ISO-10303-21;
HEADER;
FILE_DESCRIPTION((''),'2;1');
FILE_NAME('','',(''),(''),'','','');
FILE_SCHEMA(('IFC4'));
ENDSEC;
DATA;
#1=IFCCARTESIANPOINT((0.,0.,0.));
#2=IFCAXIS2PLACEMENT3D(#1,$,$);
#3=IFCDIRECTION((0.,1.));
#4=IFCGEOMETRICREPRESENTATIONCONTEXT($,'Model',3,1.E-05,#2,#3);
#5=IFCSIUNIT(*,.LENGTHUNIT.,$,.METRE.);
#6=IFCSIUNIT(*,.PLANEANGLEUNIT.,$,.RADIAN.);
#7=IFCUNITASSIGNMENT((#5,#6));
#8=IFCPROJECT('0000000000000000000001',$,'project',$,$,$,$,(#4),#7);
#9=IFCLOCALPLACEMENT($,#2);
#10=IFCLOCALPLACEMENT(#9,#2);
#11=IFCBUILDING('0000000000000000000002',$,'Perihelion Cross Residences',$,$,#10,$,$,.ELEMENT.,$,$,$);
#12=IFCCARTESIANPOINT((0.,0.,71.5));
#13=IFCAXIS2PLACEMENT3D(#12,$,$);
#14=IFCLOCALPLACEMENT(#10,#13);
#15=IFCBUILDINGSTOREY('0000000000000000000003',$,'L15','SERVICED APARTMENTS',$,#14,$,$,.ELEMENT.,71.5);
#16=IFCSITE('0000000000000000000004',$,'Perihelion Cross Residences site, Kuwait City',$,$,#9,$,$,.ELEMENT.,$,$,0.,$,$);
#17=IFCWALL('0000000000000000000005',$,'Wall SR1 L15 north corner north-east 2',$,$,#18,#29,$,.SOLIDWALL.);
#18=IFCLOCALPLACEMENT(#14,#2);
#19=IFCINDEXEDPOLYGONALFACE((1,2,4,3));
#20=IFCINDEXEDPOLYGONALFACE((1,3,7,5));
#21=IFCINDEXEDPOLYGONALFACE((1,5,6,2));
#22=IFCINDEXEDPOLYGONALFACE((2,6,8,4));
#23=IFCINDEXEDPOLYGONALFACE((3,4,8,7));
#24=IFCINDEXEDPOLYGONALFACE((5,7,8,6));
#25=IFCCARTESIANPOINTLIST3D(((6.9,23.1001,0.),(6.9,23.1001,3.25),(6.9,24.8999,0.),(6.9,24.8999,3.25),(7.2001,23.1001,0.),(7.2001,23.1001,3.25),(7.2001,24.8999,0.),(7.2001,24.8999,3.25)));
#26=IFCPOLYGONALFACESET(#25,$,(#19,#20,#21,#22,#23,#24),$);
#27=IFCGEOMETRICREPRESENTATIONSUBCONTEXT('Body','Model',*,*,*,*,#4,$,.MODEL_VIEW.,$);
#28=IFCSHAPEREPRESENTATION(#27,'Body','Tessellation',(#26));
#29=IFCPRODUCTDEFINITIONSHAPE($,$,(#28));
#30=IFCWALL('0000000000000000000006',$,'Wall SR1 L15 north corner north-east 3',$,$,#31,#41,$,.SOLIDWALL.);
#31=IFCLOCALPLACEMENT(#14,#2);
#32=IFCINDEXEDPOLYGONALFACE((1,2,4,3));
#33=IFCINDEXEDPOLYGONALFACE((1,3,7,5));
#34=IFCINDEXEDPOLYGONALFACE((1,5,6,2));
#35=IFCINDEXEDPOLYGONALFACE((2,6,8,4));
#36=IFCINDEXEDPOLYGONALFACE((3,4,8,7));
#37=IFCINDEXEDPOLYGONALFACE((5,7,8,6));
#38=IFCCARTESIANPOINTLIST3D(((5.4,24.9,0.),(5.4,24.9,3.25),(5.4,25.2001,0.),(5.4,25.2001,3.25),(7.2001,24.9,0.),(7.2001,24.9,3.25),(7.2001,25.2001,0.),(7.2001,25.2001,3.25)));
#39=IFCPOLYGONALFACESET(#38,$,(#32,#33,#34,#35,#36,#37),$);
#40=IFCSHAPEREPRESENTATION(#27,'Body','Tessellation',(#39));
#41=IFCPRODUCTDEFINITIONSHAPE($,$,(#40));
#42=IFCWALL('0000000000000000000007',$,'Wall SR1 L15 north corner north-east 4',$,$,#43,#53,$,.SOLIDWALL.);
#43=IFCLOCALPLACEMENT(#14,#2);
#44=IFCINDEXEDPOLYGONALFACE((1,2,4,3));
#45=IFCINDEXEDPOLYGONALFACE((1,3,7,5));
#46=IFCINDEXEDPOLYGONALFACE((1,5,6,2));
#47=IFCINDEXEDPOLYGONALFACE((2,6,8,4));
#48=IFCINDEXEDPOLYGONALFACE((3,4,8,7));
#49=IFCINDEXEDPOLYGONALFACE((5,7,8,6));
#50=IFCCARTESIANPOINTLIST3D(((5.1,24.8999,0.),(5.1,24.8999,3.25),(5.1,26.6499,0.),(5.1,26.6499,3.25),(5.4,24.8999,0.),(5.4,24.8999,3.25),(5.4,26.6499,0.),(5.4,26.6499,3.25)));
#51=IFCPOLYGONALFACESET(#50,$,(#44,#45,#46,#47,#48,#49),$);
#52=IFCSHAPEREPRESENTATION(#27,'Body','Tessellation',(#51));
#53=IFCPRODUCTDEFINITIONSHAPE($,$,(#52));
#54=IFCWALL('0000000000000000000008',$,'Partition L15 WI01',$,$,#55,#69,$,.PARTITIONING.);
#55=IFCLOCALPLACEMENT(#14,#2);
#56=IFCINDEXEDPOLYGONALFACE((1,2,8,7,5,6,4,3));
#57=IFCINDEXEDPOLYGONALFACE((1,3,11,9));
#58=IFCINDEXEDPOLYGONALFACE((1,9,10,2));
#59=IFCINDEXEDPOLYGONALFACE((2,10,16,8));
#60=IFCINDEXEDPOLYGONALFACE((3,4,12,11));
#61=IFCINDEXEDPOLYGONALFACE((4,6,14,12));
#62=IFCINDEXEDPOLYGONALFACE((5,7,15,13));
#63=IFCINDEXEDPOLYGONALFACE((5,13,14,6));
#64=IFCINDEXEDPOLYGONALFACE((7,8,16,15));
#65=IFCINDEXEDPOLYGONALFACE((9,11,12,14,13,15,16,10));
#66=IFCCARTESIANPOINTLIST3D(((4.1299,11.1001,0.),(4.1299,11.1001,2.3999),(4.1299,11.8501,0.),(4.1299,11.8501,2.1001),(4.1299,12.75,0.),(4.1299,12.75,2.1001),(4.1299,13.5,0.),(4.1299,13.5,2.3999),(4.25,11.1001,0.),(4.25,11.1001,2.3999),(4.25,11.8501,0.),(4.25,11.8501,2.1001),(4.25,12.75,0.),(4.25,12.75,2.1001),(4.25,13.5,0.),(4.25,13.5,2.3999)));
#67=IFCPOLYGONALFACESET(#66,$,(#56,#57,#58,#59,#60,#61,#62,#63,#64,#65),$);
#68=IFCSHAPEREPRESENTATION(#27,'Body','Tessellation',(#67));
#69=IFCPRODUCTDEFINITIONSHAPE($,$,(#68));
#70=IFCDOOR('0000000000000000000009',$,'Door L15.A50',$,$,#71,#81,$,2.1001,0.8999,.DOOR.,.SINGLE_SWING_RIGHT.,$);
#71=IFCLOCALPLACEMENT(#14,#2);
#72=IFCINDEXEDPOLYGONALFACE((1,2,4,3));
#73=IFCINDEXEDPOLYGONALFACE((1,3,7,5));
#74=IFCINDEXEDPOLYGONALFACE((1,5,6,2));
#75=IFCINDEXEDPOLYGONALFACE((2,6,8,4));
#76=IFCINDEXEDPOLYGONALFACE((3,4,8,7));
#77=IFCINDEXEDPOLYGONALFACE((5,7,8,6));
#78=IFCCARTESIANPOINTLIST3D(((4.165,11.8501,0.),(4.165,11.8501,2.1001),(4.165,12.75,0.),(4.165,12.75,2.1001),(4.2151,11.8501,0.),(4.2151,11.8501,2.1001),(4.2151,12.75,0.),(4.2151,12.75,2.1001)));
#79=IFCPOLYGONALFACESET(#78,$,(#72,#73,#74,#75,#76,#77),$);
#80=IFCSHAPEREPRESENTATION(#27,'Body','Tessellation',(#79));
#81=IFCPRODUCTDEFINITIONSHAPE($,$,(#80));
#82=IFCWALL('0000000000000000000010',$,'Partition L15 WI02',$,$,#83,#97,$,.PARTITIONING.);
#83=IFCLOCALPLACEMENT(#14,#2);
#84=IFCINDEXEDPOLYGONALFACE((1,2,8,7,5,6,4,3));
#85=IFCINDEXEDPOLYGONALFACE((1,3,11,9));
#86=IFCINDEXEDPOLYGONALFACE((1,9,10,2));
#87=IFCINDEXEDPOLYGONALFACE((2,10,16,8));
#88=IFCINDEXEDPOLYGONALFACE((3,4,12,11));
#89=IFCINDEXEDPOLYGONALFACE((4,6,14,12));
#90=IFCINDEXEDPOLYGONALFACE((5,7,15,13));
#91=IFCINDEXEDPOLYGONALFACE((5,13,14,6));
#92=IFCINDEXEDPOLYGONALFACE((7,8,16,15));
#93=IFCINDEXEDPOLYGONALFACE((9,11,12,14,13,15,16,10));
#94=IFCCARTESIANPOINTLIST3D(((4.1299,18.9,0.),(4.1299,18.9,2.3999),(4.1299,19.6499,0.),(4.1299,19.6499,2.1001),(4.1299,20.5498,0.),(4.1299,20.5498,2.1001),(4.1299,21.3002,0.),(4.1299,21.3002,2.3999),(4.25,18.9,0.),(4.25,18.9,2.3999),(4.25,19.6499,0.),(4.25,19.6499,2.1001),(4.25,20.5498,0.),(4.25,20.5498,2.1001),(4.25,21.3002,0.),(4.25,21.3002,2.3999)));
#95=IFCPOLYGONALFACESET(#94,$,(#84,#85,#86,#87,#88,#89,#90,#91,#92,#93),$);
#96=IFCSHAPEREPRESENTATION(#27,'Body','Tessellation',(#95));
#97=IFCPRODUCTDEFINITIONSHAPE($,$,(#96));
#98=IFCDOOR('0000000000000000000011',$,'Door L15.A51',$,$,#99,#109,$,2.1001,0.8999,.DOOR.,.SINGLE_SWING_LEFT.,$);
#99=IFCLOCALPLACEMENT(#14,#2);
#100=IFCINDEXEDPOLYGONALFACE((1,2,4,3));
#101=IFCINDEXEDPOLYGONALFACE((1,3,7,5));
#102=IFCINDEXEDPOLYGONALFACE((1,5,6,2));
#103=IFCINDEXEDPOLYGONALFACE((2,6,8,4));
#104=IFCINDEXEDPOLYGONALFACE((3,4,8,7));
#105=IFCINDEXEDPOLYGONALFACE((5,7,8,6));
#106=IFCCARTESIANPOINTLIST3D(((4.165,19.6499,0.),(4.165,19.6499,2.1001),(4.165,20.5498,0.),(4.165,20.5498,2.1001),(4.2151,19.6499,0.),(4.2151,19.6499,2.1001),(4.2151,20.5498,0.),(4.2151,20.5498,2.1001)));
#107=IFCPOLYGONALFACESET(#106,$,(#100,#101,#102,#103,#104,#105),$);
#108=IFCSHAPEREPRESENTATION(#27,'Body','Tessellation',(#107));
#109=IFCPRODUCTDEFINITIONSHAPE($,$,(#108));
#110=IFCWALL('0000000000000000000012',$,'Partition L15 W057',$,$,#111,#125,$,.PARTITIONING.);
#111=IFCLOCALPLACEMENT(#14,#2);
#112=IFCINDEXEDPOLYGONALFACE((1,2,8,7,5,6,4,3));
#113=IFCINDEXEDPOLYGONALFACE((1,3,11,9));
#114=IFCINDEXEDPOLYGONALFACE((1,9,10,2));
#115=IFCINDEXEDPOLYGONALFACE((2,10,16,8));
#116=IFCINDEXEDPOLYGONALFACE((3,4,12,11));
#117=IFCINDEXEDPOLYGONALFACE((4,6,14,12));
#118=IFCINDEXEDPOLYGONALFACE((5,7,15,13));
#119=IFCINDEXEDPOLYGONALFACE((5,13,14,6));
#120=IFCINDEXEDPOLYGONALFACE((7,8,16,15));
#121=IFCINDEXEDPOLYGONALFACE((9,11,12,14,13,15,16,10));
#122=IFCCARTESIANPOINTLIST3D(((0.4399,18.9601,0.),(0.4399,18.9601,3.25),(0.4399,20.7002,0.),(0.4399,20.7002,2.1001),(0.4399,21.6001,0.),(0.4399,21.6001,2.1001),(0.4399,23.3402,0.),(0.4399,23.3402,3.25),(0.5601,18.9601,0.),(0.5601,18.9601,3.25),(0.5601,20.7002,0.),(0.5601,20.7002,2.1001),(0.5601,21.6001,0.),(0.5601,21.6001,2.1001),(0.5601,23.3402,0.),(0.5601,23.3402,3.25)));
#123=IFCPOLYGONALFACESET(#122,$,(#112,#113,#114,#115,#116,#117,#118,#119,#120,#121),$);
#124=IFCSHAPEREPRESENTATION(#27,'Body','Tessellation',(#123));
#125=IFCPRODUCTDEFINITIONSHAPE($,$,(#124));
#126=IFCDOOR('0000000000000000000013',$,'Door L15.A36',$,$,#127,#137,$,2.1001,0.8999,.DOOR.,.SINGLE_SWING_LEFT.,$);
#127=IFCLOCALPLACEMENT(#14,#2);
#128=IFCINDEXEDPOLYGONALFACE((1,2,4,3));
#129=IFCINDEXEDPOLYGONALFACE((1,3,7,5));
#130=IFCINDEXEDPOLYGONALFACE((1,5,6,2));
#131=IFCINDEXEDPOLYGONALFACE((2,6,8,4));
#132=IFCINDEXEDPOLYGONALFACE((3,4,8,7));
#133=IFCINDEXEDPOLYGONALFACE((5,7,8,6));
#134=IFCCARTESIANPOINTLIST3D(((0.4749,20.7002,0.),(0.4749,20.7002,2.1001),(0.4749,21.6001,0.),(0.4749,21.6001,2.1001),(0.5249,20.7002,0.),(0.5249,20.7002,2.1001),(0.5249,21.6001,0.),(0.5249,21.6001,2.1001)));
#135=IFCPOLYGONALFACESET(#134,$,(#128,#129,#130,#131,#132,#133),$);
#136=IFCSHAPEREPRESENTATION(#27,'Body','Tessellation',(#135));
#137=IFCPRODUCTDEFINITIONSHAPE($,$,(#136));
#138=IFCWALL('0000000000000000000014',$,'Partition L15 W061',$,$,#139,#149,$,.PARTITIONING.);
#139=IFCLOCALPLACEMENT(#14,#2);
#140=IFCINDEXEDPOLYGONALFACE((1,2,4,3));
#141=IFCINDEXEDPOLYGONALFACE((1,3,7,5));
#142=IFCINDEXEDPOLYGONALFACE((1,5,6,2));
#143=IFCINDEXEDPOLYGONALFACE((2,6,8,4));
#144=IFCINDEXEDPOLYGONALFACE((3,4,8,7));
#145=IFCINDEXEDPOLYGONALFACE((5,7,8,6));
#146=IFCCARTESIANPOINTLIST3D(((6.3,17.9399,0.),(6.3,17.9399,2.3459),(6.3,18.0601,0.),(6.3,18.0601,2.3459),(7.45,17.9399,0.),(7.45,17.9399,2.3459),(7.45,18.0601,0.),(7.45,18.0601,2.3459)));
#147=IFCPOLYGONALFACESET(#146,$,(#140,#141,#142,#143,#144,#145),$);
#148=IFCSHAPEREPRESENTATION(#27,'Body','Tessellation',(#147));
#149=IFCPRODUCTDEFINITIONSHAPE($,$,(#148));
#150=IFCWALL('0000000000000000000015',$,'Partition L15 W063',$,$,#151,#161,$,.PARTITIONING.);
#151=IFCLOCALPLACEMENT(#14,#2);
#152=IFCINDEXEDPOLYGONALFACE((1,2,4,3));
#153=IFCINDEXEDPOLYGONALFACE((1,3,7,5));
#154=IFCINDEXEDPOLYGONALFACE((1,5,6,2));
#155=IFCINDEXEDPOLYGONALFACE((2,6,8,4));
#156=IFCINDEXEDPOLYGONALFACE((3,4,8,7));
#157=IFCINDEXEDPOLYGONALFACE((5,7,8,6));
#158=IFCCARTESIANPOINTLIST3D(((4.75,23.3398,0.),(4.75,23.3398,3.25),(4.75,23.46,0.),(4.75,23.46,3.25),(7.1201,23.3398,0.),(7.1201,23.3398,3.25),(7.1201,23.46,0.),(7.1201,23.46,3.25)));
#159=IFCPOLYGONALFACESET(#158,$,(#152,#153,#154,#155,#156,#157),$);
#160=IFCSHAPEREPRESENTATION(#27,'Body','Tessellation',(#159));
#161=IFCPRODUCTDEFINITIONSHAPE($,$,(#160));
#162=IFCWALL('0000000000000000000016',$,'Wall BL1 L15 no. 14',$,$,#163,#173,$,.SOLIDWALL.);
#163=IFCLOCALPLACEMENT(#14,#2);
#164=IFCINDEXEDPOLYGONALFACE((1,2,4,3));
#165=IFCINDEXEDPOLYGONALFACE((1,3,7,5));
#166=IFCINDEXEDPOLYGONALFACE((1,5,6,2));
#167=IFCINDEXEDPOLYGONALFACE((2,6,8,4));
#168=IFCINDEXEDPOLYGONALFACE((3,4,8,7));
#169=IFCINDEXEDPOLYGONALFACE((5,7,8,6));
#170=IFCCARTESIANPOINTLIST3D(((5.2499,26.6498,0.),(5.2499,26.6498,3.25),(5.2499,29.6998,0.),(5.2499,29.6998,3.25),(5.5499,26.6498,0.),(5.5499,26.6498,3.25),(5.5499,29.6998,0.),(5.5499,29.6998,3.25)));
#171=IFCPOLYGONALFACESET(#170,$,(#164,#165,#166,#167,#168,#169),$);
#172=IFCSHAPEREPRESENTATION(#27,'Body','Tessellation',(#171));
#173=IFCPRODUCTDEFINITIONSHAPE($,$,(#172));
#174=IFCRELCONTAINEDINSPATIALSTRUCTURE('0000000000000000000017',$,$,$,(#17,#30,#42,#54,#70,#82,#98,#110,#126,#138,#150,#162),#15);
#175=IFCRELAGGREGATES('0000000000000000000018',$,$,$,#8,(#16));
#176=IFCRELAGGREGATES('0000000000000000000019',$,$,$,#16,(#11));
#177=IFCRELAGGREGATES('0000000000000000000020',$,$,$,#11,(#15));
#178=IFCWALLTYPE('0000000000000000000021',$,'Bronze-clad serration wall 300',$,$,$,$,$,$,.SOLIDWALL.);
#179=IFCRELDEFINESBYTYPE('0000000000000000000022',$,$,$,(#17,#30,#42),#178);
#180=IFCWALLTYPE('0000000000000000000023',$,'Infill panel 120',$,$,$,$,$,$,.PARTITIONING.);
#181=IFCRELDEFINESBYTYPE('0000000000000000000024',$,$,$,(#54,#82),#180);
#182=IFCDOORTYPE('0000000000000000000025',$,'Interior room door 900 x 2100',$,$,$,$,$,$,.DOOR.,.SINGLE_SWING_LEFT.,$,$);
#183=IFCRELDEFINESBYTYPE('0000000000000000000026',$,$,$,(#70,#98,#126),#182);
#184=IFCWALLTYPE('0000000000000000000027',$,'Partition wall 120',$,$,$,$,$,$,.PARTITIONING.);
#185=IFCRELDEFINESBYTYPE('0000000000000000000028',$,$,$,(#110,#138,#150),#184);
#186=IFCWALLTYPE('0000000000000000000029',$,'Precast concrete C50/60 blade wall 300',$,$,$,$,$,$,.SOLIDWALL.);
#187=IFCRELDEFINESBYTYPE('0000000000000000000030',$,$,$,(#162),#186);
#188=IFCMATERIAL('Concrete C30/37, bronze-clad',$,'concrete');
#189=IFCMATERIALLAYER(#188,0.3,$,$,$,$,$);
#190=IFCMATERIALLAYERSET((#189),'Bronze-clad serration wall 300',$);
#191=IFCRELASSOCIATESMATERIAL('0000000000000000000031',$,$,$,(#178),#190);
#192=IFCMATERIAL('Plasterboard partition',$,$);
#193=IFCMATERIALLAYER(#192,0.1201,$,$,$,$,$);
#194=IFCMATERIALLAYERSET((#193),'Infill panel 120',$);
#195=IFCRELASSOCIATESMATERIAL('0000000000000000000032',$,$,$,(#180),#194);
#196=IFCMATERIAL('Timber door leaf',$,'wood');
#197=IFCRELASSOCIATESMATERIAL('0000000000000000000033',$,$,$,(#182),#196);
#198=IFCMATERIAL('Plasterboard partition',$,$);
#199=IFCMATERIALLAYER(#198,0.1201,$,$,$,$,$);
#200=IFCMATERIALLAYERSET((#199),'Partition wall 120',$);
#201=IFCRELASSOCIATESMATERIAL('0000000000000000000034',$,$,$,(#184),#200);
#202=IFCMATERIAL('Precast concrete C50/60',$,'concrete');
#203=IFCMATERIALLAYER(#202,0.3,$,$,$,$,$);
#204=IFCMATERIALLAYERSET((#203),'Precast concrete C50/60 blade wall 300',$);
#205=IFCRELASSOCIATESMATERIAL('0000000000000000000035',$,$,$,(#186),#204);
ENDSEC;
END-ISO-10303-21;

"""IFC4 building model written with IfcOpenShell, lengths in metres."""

from ifc_helpers import new_model, si_unit, direction, frame, frame_2d, origin, place, context, subcontext, project, spatial, rectangle, extrude, material, layer, layer_set, type_object, element, fill, save


model = new_model("IFC4")

# Units and contexts
model_context = context("Model", 3, precision=1e-05, world=origin(), true_north=direction((0.0, 1.0)))
body_context = subcontext(model_context, "Body", "Model", "MODEL_VIEW")
ifc_project = project(units=[si_unit("LENGTHUNIT", "METRE"), si_unit("PLANEANGLEUNIT", "RADIAN")], contexts=[model_context])

# Site, building, storey
site_placement = place(None, origin())
site = spatial("IfcSite", under=ifc_project, at=site_placement, Name="Perihelion Cross Residences site, Kuwait City", CompositionType="ELEMENT", RefElevation=0.0)
building_placement = place(site_placement, origin())
building = spatial("IfcBuilding", under=site, at=building_placement, Name="Perihelion Cross Residences", CompositionType="ELEMENT")
storey_placement = place(building_placement, frame((0.0, 0.0, 71.5)))
storey = spatial("IfcBuildingStorey", under=building, at=storey_placement, Name="L15", Description="SERVICED APARTMENTS", CompositionType="ELEMENT", Elevation=71.5)

# Walls
ifc_material_1 = material(Name="Concrete C30/37, bronze-clad", Category="concrete")
ifc_layer_1 = layer(ifc_material_1, 0.3)
ifc_layer_set_1 = layer_set([ifc_layer_1], Name="Bronze-clad serration wall 300")
wall_type_1 = type_object("IfcWallType", Name="Bronze-clad serration wall 300", PredefinedType="SOLIDWALL", material=ifc_layer_set_1)
wall_1_placement = place(storey_placement, frame((7.05, 23.1001, 0.0), z_axis=(0.0, 0.0, 1.0), x_axis=(0.0, 1.0, 0.0)))
element("IfcWall", 1, at=wall_1_placement, inside=storey, type_object=wall_type_1, Name="Wall SR1 L15 north corner north-east 2", PredefinedType="SOLIDWALL", context=body_context, shape_type="SweptSolid", body=[
    extrude(rectangle(XDim=1.7998, YDim=0.3, at=frame_2d((0.8999, 0.0))), origin(), (0.0, 0.0, 1.0), 3.25),
])
wall_2_placement = place(storey_placement, frame((7.2, 25.05, 0.0), z_axis=(0.0, 0.0, 1.0), x_axis=(-1.0, 0.0, 0.0)))
element("IfcWall", 2, at=wall_2_placement, inside=storey, type_object=wall_type_1, Name="Wall SR1 L15 north corner north-east 3", PredefinedType="SOLIDWALL", context=body_context, shape_type="SweptSolid", body=[
    extrude(rectangle(XDim=1.8, YDim=0.3, at=frame_2d((0.8999, 0.0))), origin(), (0.0, 0.0, 1.0), 3.25),
])
wall_3_placement = place(storey_placement, frame((5.25, 24.8999, 0.0), z_axis=(0.0, 0.0, 1.0), x_axis=(0.0, 1.0, 0.0)))
element("IfcWall", 3, at=wall_3_placement, inside=storey, type_object=wall_type_1, Name="Wall SR1 L15 north corner north-east 4", PredefinedType="SOLIDWALL", context=body_context, shape_type="SweptSolid", body=[
    extrude(rectangle(XDim=1.75, YDim=0.3, at=frame_2d((0.875, 0.0))), origin(), (0.0, 0.0, 1.0), 3.25),
])

# Walls, openings, doors
ifc_material_2 = material(Name="Plasterboard partition")
ifc_layer_2 = layer(ifc_material_2, 0.1201)
ifc_layer_set_2 = layer_set([ifc_layer_2], Name="Infill panel 120")
wall_type_2 = type_object("IfcWallType", Name="Infill panel 120", PredefinedType="PARTITIONING", material=ifc_layer_set_2)
wall_4_placement = place(storey_placement, frame((4.1899, 11.1001, 0.0), z_axis=(0.0, 0.0, 1.0), x_axis=(0.0, 1.0, 0.0)))
wall_4 = element("IfcWall", 4, at=wall_4_placement, inside=storey, type_object=wall_type_2, Name="Partition L15 WI01", PredefinedType="PARTITIONING", context=body_context, shape_type="SweptSolid", body=[
    extrude(rectangle(XDim=2.3999, YDim=0.1201, at=frame_2d((1.2, 0.0))), origin(), (0.0, 0.0, 1.0), 2.3999),
])
opening_1_placement = place(wall_4_placement, frame((0.75, 0.0, 0.0)))
opening_1 = element("IfcOpeningElement", 5, at=opening_1_placement, cuts=wall_4, PredefinedType="OPENING", context=body_context, shape_type="SweptSolid", body=[
    extrude(rectangle(XDim=0.8999, YDim=2.1001, at=frame_2d((0.45, 1.05))), frame((0.0, 0.0701, 0.0), z_axis=(0.0, -1.0, 0.0), x_axis=(1.0, 0.0, 0.0)), (0.0, 0.0, 1.0), 0.1401),
])
ifc_material_3 = material(Name="Timber door leaf", Category="wood")
door_type_1 = type_object("IfcDoorType", Name="Interior room door 900 x 2100", OperationType="SINGLE_SWING_LEFT", PredefinedType="DOOR", material=ifc_material_3)
door_1_placement = place(opening_1_placement, origin())
door_1 = element("IfcDoor", 6, at=door_1_placement, inside=storey, type_object=door_type_1, Name="Door L15.A50", OperationType="SINGLE_SWING_RIGHT", OverallHeight=2.1001, OverallWidth=0.8999, PredefinedType="DOOR", context=body_context, shape_type="SweptSolid", body=[
    extrude(rectangle(XDim=0.8999, YDim=2.1001, at=frame_2d((0.45, 1.05))), frame((0.0, 0.0249, 0.0), z_axis=(0.0, -1.0, 0.0), x_axis=(1.0, 0.0, 0.0)), (0.0, 0.0, 1.0), 0.05),
])
fill(opening_1, door_1)
wall_5_placement = place(storey_placement, frame((4.1899, 18.8999, 0.0), z_axis=(0.0, 0.0, 1.0), x_axis=(0.0, 1.0, 0.0)))
wall_5 = element("IfcWall", 7, at=wall_5_placement, inside=storey, type_object=wall_type_2, Name="Partition L15 WI02", PredefinedType="PARTITIONING", context=body_context, shape_type="SweptSolid", body=[
    extrude(rectangle(XDim=2.4001, YDim=0.1201, at=frame_2d((1.2002, 0.0))), origin(), (0.0, 0.0, 1.0), 2.3999),
])
opening_2_placement = place(wall_5_placement, frame((0.75, 0.0, 0.0)))
opening_2 = element("IfcOpeningElement", 8, at=opening_2_placement, cuts=wall_5, PredefinedType="OPENING", context=body_context, shape_type="SweptSolid", body=[
    extrude(rectangle(XDim=0.8999, YDim=2.1001, at=frame_2d((0.45, 1.05))), frame((0.0, 0.0701, 0.0), z_axis=(0.0, -1.0, 0.0), x_axis=(1.0, 0.0, 0.0)), (0.0, 0.0, 1.0), 0.1401),
])
door_2_placement = place(opening_2_placement, origin())
door_2 = element("IfcDoor", 9, at=door_2_placement, inside=storey, type_object=door_type_1, Name="Door L15.A51", OperationType="SINGLE_SWING_LEFT", OverallHeight=2.1001, OverallWidth=0.8999, PredefinedType="DOOR", context=body_context, shape_type="SweptSolid", body=[
    extrude(rectangle(XDim=0.8999, YDim=2.1001, at=frame_2d((0.45, 1.05))), frame((0.0, 0.0249, 0.0), z_axis=(0.0, -1.0, 0.0), x_axis=(1.0, 0.0, 0.0)), (0.0, 0.0, 1.0), 0.05),
])
fill(opening_2, door_2)
ifc_material_4 = material(Name="Plasterboard partition")
ifc_layer_3 = layer(ifc_material_4, 0.1201)
ifc_layer_set_3 = layer_set([ifc_layer_3], Name="Partition wall 120")
wall_type_3 = type_object("IfcWallType", Name="Partition wall 120", PredefinedType="PARTITIONING", material=ifc_layer_set_3)
wall_6_placement = place(storey_placement, frame((0.5, 23.3401, 0.0), z_axis=(0.0, 0.0, 1.0), x_axis=(0.0, -1.0, 0.0)))
wall_6 = element("IfcWall", 10, at=wall_6_placement, inside=storey, type_object=wall_type_3, Name="Partition L15 W057", PredefinedType="PARTITIONING", context=body_context, shape_type="SweptSolid", body=[
    extrude(rectangle(XDim=4.3801, YDim=0.1201, at=frame_2d((2.1899, 0.0))), origin(), (0.0, 0.0, 1.0), 3.25),
])
opening_3_placement = place(wall_6_placement, frame((1.74, 0.0, 0.0)))
opening_3 = element("IfcOpeningElement", 11, at=opening_3_placement, cuts=wall_6, PredefinedType="OPENING", context=body_context, shape_type="SweptSolid", body=[
    extrude(rectangle(XDim=0.8999, YDim=2.1001, at=frame_2d((0.45, 1.05))), frame((0.0, 0.0701, 0.0), z_axis=(0.0, -1.0, 0.0), x_axis=(1.0, 0.0, 0.0)), (0.0, 0.0, 1.0), 0.1401),
])
door_3_placement = place(opening_3_placement, origin())
door_3 = element("IfcDoor", 12, at=door_3_placement, inside=storey, type_object=door_type_1, Name="Door L15.A36", OperationType="SINGLE_SWING_LEFT", OverallHeight=2.1001, OverallWidth=0.8999, PredefinedType="DOOR", context=body_context, shape_type="SweptSolid", body=[
    extrude(rectangle(XDim=0.8999, YDim=2.1001, at=frame_2d((0.45, 1.05))), frame((0.0, 0.0249, 0.0), z_axis=(0.0, -1.0, 0.0), x_axis=(1.0, 0.0, 0.0)), (0.0, 0.0, 1.0), 0.05),
])
fill(opening_3, door_3)

# Walls
wall_7_placement = place(storey_placement, frame((6.3, 18.0, 0.0), z_axis=(0.0, 0.0, 1.0), x_axis=(1.0, 0.0, 0.0)))
element("IfcWall", 13, at=wall_7_placement, inside=storey, type_object=wall_type_3, Name="Partition L15 W061", PredefinedType="PARTITIONING", context=body_context, shape_type="SweptSolid", body=[
    extrude(rectangle(XDim=1.1499, YDim=0.1201, at=frame_2d((0.575, 0.0))), origin(), (0.0, 0.0, 1.0), 2.3459),
])
wall_8_placement = place(storey_placement, frame((4.75, 23.3999, 0.0), z_axis=(0.0, 0.0, 1.0), x_axis=(1.0, 0.0, 0.0)))
element("IfcWall", 14, at=wall_8_placement, inside=storey, type_object=wall_type_3, Name="Partition L15 W063", PredefinedType="PARTITIONING", context=body_context, shape_type="SweptSolid", body=[
    extrude(rectangle(XDim=2.3701, YDim=0.1201, at=frame_2d((1.1851, 0.0))), origin(), (0.0, 0.0, 1.0), 3.25),
])
ifc_material_5 = material(Name="Precast concrete C50/60", Category="concrete")
ifc_layer_4 = layer(ifc_material_5, 0.3)
ifc_layer_set_4 = layer_set([ifc_layer_4], Name="Precast concrete C50/60 blade wall 300")
wall_type_4 = type_object("IfcWallType", Name="Precast concrete C50/60 blade wall 300", PredefinedType="SOLIDWALL", material=ifc_layer_set_4)
wall_9_placement = place(storey_placement, frame((5.3999, 26.6499, 0.0), z_axis=(0.0, 0.0, 1.0), x_axis=(0.0, 1.0, 0.0)))
element("IfcWall", 15, at=wall_9_placement, inside=storey, type_object=wall_type_4, Name="Wall BL1 L15 no. 14", PredefinedType="SOLIDWALL", context=body_context, shape_type="SweptSolid", body=[
    extrude(rectangle(XDim=3.05, YDim=0.3, at=frame_2d((1.5249, 0.0))), origin(), (0.0, 0.0, 1.0), 3.25),
])

save(model, "model.ifc")
